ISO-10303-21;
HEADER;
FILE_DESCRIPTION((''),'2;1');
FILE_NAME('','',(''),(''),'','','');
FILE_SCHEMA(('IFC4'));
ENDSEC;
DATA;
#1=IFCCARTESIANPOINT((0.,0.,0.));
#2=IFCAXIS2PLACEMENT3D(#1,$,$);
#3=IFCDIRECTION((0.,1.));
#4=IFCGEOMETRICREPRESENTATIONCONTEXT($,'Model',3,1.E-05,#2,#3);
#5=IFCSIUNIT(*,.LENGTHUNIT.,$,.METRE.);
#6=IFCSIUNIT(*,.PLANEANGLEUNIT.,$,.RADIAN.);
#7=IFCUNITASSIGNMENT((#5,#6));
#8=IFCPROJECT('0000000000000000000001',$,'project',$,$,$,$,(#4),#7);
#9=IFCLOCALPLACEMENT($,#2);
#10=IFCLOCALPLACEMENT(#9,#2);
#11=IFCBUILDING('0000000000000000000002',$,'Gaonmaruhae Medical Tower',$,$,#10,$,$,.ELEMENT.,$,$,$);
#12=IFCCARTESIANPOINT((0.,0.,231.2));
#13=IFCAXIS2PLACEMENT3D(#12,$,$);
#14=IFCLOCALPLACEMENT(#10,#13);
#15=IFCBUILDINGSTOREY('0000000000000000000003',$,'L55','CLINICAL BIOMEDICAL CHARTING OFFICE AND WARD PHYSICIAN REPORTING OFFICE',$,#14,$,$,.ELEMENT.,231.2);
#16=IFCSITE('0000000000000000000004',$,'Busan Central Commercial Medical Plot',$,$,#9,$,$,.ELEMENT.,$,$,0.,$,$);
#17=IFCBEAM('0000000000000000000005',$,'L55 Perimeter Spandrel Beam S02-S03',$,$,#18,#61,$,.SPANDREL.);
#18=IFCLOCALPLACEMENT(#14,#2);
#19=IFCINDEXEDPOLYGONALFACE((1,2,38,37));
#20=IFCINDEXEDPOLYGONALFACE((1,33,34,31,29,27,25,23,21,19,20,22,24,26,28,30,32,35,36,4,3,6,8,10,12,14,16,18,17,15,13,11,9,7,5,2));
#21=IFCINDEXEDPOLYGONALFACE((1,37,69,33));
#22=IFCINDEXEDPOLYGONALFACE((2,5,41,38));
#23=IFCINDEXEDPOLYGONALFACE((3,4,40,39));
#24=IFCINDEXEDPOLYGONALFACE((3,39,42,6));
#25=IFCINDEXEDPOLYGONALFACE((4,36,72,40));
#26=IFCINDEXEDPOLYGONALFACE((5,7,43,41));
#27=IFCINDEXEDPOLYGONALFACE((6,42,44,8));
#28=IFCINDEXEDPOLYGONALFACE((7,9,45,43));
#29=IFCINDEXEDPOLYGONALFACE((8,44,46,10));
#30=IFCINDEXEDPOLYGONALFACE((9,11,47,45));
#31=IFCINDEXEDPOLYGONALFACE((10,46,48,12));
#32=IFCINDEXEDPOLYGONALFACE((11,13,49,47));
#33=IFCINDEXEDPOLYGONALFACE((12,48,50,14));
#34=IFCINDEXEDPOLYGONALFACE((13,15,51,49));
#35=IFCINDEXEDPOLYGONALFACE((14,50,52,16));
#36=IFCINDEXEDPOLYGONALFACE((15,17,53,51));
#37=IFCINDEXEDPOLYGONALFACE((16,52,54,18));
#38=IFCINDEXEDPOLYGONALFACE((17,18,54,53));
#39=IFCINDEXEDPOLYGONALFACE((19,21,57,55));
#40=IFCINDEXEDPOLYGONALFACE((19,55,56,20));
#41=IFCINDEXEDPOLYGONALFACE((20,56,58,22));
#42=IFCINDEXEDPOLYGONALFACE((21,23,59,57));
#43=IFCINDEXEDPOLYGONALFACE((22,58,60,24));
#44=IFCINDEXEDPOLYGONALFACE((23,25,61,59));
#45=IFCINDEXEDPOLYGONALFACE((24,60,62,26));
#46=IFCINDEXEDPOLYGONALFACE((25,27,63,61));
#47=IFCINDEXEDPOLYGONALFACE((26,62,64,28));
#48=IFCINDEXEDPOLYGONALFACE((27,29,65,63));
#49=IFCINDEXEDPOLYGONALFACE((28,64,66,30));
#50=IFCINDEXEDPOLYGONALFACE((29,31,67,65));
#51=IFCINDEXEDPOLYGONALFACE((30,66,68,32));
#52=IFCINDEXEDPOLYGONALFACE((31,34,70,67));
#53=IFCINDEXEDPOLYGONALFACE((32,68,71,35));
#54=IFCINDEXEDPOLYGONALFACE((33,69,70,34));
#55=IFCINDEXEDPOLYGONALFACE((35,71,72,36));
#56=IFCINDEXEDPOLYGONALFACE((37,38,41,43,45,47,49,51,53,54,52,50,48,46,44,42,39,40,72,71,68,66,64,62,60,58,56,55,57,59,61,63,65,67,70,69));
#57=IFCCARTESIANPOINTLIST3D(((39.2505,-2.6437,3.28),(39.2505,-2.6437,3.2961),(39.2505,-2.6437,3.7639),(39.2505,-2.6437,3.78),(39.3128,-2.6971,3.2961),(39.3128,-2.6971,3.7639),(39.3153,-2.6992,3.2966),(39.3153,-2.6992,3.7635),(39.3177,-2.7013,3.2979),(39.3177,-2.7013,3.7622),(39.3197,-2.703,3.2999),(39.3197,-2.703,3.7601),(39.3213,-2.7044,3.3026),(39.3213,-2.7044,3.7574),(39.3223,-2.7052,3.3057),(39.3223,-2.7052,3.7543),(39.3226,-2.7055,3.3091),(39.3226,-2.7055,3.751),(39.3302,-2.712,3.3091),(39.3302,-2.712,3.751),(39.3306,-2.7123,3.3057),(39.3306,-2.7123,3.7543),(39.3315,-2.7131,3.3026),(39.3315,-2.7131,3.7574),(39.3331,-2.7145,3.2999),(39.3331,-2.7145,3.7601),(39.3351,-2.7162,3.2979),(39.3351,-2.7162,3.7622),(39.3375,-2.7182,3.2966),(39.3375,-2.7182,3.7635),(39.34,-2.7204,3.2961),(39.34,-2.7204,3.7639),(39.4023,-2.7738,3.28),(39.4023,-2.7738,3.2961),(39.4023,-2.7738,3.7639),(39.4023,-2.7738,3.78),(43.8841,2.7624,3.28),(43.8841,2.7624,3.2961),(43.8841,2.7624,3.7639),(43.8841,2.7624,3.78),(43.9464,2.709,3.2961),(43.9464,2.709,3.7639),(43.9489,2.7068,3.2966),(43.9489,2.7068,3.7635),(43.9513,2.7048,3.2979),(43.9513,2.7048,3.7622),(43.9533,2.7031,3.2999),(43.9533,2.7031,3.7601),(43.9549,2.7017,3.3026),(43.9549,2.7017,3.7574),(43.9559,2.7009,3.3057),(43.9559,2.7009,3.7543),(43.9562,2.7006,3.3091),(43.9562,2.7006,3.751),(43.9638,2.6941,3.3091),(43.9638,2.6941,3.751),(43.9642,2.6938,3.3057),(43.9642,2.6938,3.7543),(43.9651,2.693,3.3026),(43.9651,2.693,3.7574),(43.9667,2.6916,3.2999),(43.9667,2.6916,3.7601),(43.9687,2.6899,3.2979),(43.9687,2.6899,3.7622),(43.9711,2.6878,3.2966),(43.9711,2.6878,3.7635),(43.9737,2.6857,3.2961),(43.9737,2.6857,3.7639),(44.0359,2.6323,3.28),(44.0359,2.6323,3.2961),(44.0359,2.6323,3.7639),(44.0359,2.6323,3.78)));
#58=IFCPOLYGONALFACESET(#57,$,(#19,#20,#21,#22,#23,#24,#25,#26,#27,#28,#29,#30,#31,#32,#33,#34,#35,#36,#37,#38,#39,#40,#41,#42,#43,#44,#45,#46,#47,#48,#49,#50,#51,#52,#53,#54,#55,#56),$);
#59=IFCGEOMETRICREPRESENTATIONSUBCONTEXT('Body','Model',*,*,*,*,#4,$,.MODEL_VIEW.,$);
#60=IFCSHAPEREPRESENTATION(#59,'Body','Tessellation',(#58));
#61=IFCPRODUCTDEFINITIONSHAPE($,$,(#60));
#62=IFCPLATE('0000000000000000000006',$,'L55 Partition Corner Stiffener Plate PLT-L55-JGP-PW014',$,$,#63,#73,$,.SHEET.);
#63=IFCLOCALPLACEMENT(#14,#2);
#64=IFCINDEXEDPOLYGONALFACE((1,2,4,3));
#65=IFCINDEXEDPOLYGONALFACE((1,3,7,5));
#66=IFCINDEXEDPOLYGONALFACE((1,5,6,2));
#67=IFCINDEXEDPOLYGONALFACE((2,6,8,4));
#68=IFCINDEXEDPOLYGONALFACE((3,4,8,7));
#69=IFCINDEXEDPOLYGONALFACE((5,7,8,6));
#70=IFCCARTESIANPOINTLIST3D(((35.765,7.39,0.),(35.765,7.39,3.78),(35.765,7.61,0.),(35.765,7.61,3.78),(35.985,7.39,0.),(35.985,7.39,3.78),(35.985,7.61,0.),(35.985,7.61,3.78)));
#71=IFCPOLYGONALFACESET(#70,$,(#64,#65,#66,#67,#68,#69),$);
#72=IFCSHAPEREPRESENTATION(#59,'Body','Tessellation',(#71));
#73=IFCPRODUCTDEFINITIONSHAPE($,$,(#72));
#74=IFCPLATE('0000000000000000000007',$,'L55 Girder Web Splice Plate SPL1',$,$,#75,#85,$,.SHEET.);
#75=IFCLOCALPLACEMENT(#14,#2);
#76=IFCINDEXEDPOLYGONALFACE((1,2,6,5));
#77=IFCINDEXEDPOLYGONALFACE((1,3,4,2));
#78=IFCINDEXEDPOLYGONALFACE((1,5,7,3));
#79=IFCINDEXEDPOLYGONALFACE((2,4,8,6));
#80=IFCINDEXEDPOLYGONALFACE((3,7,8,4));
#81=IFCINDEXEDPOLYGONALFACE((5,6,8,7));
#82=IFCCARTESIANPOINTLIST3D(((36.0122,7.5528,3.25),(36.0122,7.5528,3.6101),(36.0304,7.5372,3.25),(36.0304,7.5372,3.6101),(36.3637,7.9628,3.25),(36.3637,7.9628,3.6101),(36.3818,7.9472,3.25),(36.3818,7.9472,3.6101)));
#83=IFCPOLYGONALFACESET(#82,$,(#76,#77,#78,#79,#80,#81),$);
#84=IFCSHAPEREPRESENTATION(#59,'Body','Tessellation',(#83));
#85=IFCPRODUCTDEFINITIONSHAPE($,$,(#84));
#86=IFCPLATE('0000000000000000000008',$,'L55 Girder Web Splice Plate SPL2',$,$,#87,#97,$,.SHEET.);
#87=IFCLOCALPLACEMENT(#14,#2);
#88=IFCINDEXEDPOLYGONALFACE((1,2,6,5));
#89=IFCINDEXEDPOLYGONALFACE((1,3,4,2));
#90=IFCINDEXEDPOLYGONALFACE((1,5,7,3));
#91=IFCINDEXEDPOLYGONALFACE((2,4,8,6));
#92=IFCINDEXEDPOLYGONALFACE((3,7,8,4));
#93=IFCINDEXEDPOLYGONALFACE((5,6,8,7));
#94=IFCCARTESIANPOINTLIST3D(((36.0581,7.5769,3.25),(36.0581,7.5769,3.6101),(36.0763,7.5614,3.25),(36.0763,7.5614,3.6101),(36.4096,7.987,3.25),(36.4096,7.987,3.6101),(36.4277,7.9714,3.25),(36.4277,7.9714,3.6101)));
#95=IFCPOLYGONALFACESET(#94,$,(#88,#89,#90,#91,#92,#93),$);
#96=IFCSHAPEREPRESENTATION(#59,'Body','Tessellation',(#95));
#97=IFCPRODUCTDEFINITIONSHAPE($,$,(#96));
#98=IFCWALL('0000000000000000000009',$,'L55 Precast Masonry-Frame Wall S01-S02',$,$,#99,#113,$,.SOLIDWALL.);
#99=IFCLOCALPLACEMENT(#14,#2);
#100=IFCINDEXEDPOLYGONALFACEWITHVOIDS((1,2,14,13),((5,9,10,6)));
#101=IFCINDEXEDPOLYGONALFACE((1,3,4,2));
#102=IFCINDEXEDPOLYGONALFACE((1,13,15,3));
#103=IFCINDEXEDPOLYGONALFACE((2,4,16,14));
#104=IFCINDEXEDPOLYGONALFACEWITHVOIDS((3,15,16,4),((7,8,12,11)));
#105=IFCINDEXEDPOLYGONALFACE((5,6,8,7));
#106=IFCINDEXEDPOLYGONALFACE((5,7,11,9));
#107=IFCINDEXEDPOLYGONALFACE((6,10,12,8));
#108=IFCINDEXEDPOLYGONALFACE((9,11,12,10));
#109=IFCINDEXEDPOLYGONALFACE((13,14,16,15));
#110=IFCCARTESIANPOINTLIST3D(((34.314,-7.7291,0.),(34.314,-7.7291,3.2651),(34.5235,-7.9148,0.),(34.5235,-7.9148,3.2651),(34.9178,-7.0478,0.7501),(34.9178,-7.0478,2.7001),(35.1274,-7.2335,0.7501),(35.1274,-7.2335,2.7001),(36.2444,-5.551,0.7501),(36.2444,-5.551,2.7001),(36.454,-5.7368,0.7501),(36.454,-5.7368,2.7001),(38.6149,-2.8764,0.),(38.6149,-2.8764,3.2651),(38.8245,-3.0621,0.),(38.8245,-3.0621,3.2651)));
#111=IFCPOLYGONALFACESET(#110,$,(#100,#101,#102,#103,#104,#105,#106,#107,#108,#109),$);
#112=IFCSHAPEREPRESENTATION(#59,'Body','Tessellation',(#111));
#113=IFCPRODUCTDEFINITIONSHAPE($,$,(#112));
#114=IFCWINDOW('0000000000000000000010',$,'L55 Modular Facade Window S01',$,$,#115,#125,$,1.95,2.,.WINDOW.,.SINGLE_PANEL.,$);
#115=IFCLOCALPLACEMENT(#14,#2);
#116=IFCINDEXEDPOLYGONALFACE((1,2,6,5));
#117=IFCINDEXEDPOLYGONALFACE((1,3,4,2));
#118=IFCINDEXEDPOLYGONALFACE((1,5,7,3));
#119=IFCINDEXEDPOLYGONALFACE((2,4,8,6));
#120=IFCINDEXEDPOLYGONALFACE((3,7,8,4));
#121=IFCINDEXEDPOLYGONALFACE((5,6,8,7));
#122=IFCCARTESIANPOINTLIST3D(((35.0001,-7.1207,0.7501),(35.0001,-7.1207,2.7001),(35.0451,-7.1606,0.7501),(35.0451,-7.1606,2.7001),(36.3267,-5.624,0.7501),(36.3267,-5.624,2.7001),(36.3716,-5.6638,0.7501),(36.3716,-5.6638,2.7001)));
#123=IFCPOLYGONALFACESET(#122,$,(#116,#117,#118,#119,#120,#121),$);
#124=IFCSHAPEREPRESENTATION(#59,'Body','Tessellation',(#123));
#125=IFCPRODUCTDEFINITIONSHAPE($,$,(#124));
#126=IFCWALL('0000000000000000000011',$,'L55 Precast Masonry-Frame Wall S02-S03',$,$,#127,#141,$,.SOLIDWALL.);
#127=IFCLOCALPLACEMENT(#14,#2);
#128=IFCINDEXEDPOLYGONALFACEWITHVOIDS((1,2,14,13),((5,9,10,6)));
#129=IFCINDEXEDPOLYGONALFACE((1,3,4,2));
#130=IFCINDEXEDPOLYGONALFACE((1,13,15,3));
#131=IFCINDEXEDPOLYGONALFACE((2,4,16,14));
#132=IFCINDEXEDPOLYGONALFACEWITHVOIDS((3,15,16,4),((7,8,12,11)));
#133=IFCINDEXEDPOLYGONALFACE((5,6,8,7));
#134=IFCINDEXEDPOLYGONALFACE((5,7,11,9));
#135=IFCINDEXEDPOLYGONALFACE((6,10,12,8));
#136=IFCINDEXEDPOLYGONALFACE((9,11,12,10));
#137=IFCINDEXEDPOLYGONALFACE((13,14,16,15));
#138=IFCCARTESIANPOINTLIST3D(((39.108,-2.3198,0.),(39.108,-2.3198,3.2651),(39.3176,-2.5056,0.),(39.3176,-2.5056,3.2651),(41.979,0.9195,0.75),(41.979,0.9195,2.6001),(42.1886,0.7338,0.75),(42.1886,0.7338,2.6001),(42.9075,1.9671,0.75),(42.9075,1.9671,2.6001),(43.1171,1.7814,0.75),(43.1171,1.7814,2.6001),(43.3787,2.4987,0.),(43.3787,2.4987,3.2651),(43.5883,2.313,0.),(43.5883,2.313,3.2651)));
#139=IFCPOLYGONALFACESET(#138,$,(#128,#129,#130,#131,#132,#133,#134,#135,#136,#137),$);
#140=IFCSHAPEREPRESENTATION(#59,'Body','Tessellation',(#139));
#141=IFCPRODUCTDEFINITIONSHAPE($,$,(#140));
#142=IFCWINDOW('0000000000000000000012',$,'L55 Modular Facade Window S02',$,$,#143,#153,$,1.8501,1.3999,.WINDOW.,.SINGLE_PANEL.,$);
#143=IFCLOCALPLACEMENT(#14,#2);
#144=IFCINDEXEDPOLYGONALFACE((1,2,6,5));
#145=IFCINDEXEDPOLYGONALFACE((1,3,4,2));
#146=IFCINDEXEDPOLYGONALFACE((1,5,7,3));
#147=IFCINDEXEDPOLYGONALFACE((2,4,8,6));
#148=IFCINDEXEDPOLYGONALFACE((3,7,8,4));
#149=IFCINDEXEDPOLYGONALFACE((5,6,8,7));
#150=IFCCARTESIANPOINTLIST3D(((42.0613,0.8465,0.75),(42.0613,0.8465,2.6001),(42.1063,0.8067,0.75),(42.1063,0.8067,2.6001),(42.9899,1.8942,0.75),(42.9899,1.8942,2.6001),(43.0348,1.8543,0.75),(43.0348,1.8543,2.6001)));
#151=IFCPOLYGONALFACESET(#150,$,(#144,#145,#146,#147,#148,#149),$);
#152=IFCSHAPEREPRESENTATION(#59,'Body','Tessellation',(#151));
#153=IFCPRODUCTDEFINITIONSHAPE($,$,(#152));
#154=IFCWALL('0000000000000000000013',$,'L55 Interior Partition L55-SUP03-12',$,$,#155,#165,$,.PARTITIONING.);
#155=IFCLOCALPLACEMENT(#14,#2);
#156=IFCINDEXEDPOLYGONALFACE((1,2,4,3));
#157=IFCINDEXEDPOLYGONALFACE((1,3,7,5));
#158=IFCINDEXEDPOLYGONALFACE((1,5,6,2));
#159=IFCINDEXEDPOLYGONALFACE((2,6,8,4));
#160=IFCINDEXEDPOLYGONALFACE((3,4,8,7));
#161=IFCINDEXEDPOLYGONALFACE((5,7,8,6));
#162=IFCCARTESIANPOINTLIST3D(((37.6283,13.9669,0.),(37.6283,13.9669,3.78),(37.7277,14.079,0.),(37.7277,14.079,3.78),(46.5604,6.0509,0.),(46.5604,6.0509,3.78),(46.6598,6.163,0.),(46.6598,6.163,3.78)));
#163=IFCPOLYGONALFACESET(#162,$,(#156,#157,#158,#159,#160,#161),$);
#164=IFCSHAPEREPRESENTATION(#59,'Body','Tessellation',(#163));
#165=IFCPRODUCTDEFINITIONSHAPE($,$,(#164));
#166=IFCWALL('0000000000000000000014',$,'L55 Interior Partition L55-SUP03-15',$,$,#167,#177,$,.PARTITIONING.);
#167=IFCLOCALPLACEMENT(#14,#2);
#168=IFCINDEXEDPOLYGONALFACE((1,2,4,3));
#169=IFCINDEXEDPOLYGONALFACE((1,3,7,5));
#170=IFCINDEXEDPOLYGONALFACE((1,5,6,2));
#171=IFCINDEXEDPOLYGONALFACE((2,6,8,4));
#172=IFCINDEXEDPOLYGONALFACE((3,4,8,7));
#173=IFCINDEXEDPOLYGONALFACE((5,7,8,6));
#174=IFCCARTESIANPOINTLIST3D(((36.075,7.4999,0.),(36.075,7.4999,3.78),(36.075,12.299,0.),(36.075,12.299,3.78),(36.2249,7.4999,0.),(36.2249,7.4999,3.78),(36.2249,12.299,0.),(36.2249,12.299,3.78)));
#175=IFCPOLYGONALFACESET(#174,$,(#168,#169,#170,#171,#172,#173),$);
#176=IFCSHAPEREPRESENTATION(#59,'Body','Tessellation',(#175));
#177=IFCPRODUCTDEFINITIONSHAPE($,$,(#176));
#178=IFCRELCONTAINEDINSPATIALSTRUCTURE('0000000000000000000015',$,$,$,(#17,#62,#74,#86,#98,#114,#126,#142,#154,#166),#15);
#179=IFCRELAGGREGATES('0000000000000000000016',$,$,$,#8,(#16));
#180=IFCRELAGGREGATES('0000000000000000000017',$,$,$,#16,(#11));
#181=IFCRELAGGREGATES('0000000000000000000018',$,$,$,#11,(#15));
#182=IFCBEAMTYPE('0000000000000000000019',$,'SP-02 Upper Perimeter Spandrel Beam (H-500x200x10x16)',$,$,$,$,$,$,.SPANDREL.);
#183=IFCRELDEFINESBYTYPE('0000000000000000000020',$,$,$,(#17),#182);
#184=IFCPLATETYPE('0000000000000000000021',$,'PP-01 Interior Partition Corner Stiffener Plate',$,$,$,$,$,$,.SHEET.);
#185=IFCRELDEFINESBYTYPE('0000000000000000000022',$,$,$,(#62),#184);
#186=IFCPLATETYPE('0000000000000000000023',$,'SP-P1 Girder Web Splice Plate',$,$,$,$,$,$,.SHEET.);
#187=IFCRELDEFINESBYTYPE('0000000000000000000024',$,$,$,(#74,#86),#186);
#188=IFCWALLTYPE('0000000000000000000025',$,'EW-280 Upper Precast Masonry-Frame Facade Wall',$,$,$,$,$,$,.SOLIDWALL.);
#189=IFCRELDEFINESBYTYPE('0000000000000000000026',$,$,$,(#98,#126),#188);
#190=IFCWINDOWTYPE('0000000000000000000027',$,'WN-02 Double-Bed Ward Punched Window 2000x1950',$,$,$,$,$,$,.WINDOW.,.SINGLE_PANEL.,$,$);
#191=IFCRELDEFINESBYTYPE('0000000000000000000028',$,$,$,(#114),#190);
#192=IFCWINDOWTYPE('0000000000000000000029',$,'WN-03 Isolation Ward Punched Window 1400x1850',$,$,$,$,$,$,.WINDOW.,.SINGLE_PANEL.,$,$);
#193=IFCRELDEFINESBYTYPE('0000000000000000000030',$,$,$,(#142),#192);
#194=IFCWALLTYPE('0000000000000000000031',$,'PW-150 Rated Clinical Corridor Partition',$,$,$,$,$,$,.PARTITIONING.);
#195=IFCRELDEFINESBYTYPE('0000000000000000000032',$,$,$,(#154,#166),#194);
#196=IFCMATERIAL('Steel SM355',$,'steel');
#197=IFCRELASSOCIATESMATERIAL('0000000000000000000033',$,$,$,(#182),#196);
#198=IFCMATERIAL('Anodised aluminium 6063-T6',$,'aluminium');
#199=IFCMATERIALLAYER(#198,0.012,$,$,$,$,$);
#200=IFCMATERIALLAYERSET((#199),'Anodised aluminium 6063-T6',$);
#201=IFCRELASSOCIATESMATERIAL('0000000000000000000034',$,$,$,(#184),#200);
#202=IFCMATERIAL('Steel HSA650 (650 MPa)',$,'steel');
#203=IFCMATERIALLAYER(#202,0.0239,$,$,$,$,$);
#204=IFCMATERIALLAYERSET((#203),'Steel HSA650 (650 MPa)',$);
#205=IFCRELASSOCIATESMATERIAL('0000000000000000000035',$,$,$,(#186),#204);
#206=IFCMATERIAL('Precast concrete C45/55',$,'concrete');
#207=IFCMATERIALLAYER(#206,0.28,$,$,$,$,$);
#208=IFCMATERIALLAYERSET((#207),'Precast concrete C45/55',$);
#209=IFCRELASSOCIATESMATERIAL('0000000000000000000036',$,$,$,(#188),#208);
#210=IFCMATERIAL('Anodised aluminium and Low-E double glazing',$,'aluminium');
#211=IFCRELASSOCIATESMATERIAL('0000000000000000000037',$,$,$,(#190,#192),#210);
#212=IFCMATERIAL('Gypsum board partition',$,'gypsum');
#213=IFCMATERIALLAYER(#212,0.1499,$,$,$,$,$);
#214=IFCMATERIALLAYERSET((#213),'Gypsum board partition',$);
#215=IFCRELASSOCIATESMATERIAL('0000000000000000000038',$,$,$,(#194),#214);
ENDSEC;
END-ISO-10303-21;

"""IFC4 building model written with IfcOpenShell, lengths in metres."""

from ifc_helpers import new_model, si_unit, direction, frame, frame_2d, origin, origin_2d, place, context, subcontext, project, spatial, rectangle, i_section, extrude, material, layer, layer_set, material_profile, profile_set, type_object, element, fill, save


model = new_model("IFC4")

# Units and contexts
model_context = context("Model", 3, precision=1e-05, world=origin(), true_north=direction((0.0, 1.0)))
body_context = subcontext(model_context, "Body", "Model", "MODEL_VIEW")
ifc_project = project(units=[si_unit("LENGTHUNIT", "METRE"), si_unit("PLANEANGLEUNIT", "RADIAN")], contexts=[model_context])

# Site, building, storey
site_placement = place(None, origin())
site = spatial("IfcSite", under=ifc_project, at=site_placement, Name="Busan Central Commercial Medical Plot", CompositionType="ELEMENT", RefElevation=0.0)
building_placement = place(site_placement, origin())
building = spatial("IfcBuilding", under=site, at=building_placement, Name="Gaonmaruhae Medical Tower", CompositionType="ELEMENT")
storey_placement = place(building_placement, frame((0.0, 0.0, 231.2)))
storey = spatial("IfcBuildingStorey", under=building, at=storey_placement, Name="L55", Description="CLINICAL BIOMEDICAL CHARTING OFFICE AND WARD PHYSICIAN REPORTING OFFICE", CompositionType="ELEMENT", Elevation=231.2)

# Beam
ifc_material_1 = material(Name="Steel SM355", Category="steel")
ifc_material_profile_1 = material_profile(ifc_material_1, i_section(OverallWidth=0.2, OverallDepth=0.5, WebThickness=0.01, FlangeThickness=0.0161, FilletRadius=0.0129, at=origin_2d()), Name="H-500x200x10x16")
ifc_profile_set_1 = profile_set([ifc_material_profile_1], Name="Steel SM355")
beam_type_1 = type_object("IfcBeamType", Name="SP-02 Upper Perimeter Spandrel Beam (H-500x200x10x16)", PredefinedType="SPANDREL", material=ifc_profile_set_1)
beam_1_placement = place(storey_placement, frame((39.3264, -2.7087, 3.53), z_axis=(0.650777, 0.759269, 0.0), x_axis=(-0.759269, 0.650777, 0.0)))
element("IfcBeam", 1, at=beam_1_placement, inside=storey, type_object=beam_type_1, Name="L55 Perimeter Spandrel Beam S02-S03", PredefinedType="SPANDREL", context=body_context, shape_type="SweptSolid", body=[
    extrude(i_section(OverallWidth=0.2, OverallDepth=0.5, WebThickness=0.01, FlangeThickness=0.0161, FilletRadius=0.0129, at=origin_2d()), origin(), (0.0, 0.0, 1.0), 7.1201),
])

# Plates
ifc_material_2 = material(Name="Anodised aluminium 6063-T6", Category="aluminium")
ifc_layer_1 = layer(ifc_material_2, 0.012)
ifc_layer_set_1 = layer_set([ifc_layer_1], Name="Anodised aluminium 6063-T6")
plate_type_1 = type_object("IfcPlateType", Name="PP-01 Interior Partition Corner Stiffener Plate", PredefinedType="SHEET", material=ifc_layer_set_1)
plate_placement = place(storey_placement, frame((35.875, 7.5, 0.0), z_axis=(0.0, 0.0, 1.0), x_axis=(1.0, 0.0, 0.0)))
element("IfcPlate", 2, at=plate_placement, inside=storey, type_object=plate_type_1, Name="L55 Partition Corner Stiffener Plate PLT-L55-JGP-PW014", PredefinedType="SHEET", context=body_context, shape_type="SweptSolid", body=[
    extrude(rectangle(XDim=0.22, YDim=0.22, at=origin_2d()), origin(), (0.0, 0.0, 1.0), 3.78),
])
ifc_material_3 = material(Name="Steel HSA650 (650 MPa)", Category="steel")
ifc_layer_2 = layer(ifc_material_3, 0.0239)
ifc_layer_set_2 = layer_set([ifc_layer_2], Name="Steel HSA650 (650 MPa)")
plate_type_2 = type_object("IfcPlateType", Name="SP-P1 Girder Web Splice Plate", PredefinedType="SHEET", material=ifc_layer_set_2)
for number, where, z_axis, x_axis, name in (
    (3, (36.197, 7.75, 3.25), (0.0, 0.0, 1.0), (0.650774, 0.759271, 0.0), "L55 Girder Web Splice Plate SPL1"),
    (4, (36.2429, 7.7742, 3.25), (0.0, 0.0, 1.0), (0.650774, 0.759271, 0.0), "L55 Girder Web Splice Plate SPL2"),
):
    element("IfcPlate", number, at=place(storey_placement, frame(where, z_axis=z_axis, x_axis=x_axis)), inside=storey, type_object=plate_type_2, Name=name, PredefinedType="SHEET", context=body_context, shape_type="SweptSolid", body=[
        extrude(rectangle(XDim=0.54, YDim=0.0239, at=origin_2d()), origin(), (0.0, 0.0, 1.0), 0.3601),
    ])

# Walls, openings, windows
ifc_material_4 = material(Name="Precast concrete C45/55", Category="concrete")
ifc_layer_3 = layer(ifc_material_4, 0.28)
ifc_layer_set_3 = layer_set([ifc_layer_3], Name="Precast concrete C45/55")
wall_type_1 = type_object("IfcWallType", Name="EW-280 Upper Precast Masonry-Frame Facade Wall", PredefinedType="SOLIDWALL", material=ifc_layer_set_3)
wall_1_placement = place(storey_placement, frame((38.7197, -2.9692, 0.0), z_axis=(0.0, 0.0, 1.0), x_axis=(-0.663281, -0.74837, 0.0)))
wall_1 = element("IfcWall", 5, at=wall_1_placement, inside=storey, type_object=wall_type_1, Name="L55 Precast Masonry-Frame Wall S01-S02", PredefinedType="SOLIDWALL", context=body_context, shape_type="SweptSolid", body=[
    extrude(rectangle(XDim=6.4844, YDim=0.28, at=frame_2d((3.2422, 0.0))), origin(), (0.0, 0.0, 1.0), 3.2651),
])
opening_1_placement = place(wall_1_placement, frame((3.574, 0.0, 0.75)))
opening_1 = element("IfcOpeningElement", 6, at=opening_1_placement, cuts=wall_1, PredefinedType="OPENING", context=body_context, shape_type="SweptSolid", body=[
    extrude(rectangle(XDim=2.0, YDim=1.95, at=frame_2d((1.0, 0.9751))), frame((0.0, 0.1499, 0.0), z_axis=(0.0, -1.0, 0.0), x_axis=(1.0, 0.0, 0.0)), (0.0, 0.0, 1.0), 0.3),
])
ifc_material_5 = material(Name="Anodised aluminium and Low-E double glazing", Category="aluminium")
window_type_1 = type_object("IfcWindowType", Name="WN-02 Double-Bed Ward Punched Window 2000x1950", PartitioningType="SINGLE_PANEL", PredefinedType="WINDOW", material=ifc_material_5)
window_1_placement = place(opening_1_placement, origin())
window_1 = element("IfcWindow", 7, at=window_1_placement, inside=storey, type_object=window_type_1, Name="L55 Modular Facade Window S01", OverallHeight=1.95, OverallWidth=2.0, PartitioningType="SINGLE_PANEL", PredefinedType="WINDOW", context=body_context, shape_type="SweptSolid", body=[
    extrude(rectangle(XDim=2.0, YDim=1.95, at=frame_2d((1.0, 0.9751))), frame((0.0, 0.03, 0.0), z_axis=(0.0, -1.0, 0.0), x_axis=(1.0, 0.0, 0.0)), (0.0, 0.0, 1.0), 0.0601),
])
fill(opening_1, window_1)
wall_2_placement = place(storey_placement, frame((43.4834, 2.4058, 0.0), z_axis=(0.0, 0.0, 1.0), x_axis=(-0.663283, -0.748369, 0.0)))
wall_2 = element("IfcWall", 8, at=wall_2_placement, inside=storey, type_object=wall_type_1, Name="L55 Precast Masonry-Frame Wall S02-S03", PredefinedType="SOLIDWALL", context=body_context, shape_type="SweptSolid", body=[
    extrude(rectangle(XDim=6.4387, YDim=0.28, at=frame_2d((3.2192, 0.0))), origin(), (0.0, 0.0, 1.0), 3.2651),
])
opening_2_placement = place(wall_2_placement, frame((0.7102, 0.0, 0.75)))
opening_2 = element("IfcOpeningElement", 9, at=opening_2_placement, cuts=wall_2, PredefinedType="OPENING", context=body_context, shape_type="SweptSolid", body=[
    extrude(rectangle(XDim=1.3999, YDim=1.8501, at=frame_2d((0.7, 0.925))), frame((0.0, 0.1499, 0.0), z_axis=(0.0, -1.0, 0.0), x_axis=(1.0, 0.0, 0.0)), (0.0, 0.0, 1.0), 0.3),
])
window_type_2 = type_object("IfcWindowType", Name="WN-03 Isolation Ward Punched Window 1400x1850", PartitioningType="SINGLE_PANEL", PredefinedType="WINDOW", material=ifc_material_5)
window_2_placement = place(opening_2_placement, origin())
window_2 = element("IfcWindow", 10, at=window_2_placement, inside=storey, type_object=window_type_2, Name="L55 Modular Facade Window S02", OverallHeight=1.8501, OverallWidth=1.3999, PartitioningType="SINGLE_PANEL", PredefinedType="WINDOW", context=body_context, shape_type="SweptSolid", body=[
    extrude(rectangle(XDim=1.3999, YDim=1.8501, at=frame_2d((0.7, 0.925))), frame((0.0, 0.03, 0.0), z_axis=(0.0, -1.0, 0.0), x_axis=(1.0, 0.0, 0.0)), (0.0, 0.0, 1.0), 0.0601),
])
fill(opening_2, window_2)

# Shared definitions
ifc_material_6 = material(Name="Gypsum board partition", Category="gypsum")
ifc_layer_4 = layer(ifc_material_6, 0.1499)
ifc_layer_set_4 = layer_set([ifc_layer_4], Name="Gypsum board partition")
wall_type_2 = type_object("IfcWallType", Name="PW-150 Rated Clinical Corridor Partition", PredefinedType="PARTITIONING", material=ifc_layer_set_4)

# Walls
wall_3_placement = place(storey_placement, frame((37.678, 14.0229, 0.0), z_axis=(0.0, 0.0, 1.0), x_axis=(0.748393, -0.663256, 0.0)))
element("IfcWall", 11, at=wall_3_placement, inside=storey, type_object=wall_type_2, Name="L55 Interior Partition L55-SUP03-12", PredefinedType="PARTITIONING", context=body_context, shape_type="SweptSolid", body=[
    extrude(rectangle(XDim=11.9351, YDim=0.1499, at=frame_2d((5.9675, 0.0))), origin(), (0.0, 0.0, 1.0), 3.78),
])
wall_4_placement = place(storey_placement, frame((36.1499, 7.5, 0.0), z_axis=(0.0, 0.0, 1.0), x_axis=(0.0, 1.0, 0.0)))
element("IfcWall", 12, at=wall_4_placement, inside=storey, type_object=wall_type_2, Name="L55 Interior Partition L55-SUP03-15", PredefinedType="PARTITIONING", context=body_context, shape_type="SweptSolid", body=[
    extrude(rectangle(XDim=4.7991, YDim=0.1499, at=frame_2d((2.3994, 0.0))), origin(), (0.0, 0.0, 1.0), 3.78),
])

save(model, "model.ifc")
